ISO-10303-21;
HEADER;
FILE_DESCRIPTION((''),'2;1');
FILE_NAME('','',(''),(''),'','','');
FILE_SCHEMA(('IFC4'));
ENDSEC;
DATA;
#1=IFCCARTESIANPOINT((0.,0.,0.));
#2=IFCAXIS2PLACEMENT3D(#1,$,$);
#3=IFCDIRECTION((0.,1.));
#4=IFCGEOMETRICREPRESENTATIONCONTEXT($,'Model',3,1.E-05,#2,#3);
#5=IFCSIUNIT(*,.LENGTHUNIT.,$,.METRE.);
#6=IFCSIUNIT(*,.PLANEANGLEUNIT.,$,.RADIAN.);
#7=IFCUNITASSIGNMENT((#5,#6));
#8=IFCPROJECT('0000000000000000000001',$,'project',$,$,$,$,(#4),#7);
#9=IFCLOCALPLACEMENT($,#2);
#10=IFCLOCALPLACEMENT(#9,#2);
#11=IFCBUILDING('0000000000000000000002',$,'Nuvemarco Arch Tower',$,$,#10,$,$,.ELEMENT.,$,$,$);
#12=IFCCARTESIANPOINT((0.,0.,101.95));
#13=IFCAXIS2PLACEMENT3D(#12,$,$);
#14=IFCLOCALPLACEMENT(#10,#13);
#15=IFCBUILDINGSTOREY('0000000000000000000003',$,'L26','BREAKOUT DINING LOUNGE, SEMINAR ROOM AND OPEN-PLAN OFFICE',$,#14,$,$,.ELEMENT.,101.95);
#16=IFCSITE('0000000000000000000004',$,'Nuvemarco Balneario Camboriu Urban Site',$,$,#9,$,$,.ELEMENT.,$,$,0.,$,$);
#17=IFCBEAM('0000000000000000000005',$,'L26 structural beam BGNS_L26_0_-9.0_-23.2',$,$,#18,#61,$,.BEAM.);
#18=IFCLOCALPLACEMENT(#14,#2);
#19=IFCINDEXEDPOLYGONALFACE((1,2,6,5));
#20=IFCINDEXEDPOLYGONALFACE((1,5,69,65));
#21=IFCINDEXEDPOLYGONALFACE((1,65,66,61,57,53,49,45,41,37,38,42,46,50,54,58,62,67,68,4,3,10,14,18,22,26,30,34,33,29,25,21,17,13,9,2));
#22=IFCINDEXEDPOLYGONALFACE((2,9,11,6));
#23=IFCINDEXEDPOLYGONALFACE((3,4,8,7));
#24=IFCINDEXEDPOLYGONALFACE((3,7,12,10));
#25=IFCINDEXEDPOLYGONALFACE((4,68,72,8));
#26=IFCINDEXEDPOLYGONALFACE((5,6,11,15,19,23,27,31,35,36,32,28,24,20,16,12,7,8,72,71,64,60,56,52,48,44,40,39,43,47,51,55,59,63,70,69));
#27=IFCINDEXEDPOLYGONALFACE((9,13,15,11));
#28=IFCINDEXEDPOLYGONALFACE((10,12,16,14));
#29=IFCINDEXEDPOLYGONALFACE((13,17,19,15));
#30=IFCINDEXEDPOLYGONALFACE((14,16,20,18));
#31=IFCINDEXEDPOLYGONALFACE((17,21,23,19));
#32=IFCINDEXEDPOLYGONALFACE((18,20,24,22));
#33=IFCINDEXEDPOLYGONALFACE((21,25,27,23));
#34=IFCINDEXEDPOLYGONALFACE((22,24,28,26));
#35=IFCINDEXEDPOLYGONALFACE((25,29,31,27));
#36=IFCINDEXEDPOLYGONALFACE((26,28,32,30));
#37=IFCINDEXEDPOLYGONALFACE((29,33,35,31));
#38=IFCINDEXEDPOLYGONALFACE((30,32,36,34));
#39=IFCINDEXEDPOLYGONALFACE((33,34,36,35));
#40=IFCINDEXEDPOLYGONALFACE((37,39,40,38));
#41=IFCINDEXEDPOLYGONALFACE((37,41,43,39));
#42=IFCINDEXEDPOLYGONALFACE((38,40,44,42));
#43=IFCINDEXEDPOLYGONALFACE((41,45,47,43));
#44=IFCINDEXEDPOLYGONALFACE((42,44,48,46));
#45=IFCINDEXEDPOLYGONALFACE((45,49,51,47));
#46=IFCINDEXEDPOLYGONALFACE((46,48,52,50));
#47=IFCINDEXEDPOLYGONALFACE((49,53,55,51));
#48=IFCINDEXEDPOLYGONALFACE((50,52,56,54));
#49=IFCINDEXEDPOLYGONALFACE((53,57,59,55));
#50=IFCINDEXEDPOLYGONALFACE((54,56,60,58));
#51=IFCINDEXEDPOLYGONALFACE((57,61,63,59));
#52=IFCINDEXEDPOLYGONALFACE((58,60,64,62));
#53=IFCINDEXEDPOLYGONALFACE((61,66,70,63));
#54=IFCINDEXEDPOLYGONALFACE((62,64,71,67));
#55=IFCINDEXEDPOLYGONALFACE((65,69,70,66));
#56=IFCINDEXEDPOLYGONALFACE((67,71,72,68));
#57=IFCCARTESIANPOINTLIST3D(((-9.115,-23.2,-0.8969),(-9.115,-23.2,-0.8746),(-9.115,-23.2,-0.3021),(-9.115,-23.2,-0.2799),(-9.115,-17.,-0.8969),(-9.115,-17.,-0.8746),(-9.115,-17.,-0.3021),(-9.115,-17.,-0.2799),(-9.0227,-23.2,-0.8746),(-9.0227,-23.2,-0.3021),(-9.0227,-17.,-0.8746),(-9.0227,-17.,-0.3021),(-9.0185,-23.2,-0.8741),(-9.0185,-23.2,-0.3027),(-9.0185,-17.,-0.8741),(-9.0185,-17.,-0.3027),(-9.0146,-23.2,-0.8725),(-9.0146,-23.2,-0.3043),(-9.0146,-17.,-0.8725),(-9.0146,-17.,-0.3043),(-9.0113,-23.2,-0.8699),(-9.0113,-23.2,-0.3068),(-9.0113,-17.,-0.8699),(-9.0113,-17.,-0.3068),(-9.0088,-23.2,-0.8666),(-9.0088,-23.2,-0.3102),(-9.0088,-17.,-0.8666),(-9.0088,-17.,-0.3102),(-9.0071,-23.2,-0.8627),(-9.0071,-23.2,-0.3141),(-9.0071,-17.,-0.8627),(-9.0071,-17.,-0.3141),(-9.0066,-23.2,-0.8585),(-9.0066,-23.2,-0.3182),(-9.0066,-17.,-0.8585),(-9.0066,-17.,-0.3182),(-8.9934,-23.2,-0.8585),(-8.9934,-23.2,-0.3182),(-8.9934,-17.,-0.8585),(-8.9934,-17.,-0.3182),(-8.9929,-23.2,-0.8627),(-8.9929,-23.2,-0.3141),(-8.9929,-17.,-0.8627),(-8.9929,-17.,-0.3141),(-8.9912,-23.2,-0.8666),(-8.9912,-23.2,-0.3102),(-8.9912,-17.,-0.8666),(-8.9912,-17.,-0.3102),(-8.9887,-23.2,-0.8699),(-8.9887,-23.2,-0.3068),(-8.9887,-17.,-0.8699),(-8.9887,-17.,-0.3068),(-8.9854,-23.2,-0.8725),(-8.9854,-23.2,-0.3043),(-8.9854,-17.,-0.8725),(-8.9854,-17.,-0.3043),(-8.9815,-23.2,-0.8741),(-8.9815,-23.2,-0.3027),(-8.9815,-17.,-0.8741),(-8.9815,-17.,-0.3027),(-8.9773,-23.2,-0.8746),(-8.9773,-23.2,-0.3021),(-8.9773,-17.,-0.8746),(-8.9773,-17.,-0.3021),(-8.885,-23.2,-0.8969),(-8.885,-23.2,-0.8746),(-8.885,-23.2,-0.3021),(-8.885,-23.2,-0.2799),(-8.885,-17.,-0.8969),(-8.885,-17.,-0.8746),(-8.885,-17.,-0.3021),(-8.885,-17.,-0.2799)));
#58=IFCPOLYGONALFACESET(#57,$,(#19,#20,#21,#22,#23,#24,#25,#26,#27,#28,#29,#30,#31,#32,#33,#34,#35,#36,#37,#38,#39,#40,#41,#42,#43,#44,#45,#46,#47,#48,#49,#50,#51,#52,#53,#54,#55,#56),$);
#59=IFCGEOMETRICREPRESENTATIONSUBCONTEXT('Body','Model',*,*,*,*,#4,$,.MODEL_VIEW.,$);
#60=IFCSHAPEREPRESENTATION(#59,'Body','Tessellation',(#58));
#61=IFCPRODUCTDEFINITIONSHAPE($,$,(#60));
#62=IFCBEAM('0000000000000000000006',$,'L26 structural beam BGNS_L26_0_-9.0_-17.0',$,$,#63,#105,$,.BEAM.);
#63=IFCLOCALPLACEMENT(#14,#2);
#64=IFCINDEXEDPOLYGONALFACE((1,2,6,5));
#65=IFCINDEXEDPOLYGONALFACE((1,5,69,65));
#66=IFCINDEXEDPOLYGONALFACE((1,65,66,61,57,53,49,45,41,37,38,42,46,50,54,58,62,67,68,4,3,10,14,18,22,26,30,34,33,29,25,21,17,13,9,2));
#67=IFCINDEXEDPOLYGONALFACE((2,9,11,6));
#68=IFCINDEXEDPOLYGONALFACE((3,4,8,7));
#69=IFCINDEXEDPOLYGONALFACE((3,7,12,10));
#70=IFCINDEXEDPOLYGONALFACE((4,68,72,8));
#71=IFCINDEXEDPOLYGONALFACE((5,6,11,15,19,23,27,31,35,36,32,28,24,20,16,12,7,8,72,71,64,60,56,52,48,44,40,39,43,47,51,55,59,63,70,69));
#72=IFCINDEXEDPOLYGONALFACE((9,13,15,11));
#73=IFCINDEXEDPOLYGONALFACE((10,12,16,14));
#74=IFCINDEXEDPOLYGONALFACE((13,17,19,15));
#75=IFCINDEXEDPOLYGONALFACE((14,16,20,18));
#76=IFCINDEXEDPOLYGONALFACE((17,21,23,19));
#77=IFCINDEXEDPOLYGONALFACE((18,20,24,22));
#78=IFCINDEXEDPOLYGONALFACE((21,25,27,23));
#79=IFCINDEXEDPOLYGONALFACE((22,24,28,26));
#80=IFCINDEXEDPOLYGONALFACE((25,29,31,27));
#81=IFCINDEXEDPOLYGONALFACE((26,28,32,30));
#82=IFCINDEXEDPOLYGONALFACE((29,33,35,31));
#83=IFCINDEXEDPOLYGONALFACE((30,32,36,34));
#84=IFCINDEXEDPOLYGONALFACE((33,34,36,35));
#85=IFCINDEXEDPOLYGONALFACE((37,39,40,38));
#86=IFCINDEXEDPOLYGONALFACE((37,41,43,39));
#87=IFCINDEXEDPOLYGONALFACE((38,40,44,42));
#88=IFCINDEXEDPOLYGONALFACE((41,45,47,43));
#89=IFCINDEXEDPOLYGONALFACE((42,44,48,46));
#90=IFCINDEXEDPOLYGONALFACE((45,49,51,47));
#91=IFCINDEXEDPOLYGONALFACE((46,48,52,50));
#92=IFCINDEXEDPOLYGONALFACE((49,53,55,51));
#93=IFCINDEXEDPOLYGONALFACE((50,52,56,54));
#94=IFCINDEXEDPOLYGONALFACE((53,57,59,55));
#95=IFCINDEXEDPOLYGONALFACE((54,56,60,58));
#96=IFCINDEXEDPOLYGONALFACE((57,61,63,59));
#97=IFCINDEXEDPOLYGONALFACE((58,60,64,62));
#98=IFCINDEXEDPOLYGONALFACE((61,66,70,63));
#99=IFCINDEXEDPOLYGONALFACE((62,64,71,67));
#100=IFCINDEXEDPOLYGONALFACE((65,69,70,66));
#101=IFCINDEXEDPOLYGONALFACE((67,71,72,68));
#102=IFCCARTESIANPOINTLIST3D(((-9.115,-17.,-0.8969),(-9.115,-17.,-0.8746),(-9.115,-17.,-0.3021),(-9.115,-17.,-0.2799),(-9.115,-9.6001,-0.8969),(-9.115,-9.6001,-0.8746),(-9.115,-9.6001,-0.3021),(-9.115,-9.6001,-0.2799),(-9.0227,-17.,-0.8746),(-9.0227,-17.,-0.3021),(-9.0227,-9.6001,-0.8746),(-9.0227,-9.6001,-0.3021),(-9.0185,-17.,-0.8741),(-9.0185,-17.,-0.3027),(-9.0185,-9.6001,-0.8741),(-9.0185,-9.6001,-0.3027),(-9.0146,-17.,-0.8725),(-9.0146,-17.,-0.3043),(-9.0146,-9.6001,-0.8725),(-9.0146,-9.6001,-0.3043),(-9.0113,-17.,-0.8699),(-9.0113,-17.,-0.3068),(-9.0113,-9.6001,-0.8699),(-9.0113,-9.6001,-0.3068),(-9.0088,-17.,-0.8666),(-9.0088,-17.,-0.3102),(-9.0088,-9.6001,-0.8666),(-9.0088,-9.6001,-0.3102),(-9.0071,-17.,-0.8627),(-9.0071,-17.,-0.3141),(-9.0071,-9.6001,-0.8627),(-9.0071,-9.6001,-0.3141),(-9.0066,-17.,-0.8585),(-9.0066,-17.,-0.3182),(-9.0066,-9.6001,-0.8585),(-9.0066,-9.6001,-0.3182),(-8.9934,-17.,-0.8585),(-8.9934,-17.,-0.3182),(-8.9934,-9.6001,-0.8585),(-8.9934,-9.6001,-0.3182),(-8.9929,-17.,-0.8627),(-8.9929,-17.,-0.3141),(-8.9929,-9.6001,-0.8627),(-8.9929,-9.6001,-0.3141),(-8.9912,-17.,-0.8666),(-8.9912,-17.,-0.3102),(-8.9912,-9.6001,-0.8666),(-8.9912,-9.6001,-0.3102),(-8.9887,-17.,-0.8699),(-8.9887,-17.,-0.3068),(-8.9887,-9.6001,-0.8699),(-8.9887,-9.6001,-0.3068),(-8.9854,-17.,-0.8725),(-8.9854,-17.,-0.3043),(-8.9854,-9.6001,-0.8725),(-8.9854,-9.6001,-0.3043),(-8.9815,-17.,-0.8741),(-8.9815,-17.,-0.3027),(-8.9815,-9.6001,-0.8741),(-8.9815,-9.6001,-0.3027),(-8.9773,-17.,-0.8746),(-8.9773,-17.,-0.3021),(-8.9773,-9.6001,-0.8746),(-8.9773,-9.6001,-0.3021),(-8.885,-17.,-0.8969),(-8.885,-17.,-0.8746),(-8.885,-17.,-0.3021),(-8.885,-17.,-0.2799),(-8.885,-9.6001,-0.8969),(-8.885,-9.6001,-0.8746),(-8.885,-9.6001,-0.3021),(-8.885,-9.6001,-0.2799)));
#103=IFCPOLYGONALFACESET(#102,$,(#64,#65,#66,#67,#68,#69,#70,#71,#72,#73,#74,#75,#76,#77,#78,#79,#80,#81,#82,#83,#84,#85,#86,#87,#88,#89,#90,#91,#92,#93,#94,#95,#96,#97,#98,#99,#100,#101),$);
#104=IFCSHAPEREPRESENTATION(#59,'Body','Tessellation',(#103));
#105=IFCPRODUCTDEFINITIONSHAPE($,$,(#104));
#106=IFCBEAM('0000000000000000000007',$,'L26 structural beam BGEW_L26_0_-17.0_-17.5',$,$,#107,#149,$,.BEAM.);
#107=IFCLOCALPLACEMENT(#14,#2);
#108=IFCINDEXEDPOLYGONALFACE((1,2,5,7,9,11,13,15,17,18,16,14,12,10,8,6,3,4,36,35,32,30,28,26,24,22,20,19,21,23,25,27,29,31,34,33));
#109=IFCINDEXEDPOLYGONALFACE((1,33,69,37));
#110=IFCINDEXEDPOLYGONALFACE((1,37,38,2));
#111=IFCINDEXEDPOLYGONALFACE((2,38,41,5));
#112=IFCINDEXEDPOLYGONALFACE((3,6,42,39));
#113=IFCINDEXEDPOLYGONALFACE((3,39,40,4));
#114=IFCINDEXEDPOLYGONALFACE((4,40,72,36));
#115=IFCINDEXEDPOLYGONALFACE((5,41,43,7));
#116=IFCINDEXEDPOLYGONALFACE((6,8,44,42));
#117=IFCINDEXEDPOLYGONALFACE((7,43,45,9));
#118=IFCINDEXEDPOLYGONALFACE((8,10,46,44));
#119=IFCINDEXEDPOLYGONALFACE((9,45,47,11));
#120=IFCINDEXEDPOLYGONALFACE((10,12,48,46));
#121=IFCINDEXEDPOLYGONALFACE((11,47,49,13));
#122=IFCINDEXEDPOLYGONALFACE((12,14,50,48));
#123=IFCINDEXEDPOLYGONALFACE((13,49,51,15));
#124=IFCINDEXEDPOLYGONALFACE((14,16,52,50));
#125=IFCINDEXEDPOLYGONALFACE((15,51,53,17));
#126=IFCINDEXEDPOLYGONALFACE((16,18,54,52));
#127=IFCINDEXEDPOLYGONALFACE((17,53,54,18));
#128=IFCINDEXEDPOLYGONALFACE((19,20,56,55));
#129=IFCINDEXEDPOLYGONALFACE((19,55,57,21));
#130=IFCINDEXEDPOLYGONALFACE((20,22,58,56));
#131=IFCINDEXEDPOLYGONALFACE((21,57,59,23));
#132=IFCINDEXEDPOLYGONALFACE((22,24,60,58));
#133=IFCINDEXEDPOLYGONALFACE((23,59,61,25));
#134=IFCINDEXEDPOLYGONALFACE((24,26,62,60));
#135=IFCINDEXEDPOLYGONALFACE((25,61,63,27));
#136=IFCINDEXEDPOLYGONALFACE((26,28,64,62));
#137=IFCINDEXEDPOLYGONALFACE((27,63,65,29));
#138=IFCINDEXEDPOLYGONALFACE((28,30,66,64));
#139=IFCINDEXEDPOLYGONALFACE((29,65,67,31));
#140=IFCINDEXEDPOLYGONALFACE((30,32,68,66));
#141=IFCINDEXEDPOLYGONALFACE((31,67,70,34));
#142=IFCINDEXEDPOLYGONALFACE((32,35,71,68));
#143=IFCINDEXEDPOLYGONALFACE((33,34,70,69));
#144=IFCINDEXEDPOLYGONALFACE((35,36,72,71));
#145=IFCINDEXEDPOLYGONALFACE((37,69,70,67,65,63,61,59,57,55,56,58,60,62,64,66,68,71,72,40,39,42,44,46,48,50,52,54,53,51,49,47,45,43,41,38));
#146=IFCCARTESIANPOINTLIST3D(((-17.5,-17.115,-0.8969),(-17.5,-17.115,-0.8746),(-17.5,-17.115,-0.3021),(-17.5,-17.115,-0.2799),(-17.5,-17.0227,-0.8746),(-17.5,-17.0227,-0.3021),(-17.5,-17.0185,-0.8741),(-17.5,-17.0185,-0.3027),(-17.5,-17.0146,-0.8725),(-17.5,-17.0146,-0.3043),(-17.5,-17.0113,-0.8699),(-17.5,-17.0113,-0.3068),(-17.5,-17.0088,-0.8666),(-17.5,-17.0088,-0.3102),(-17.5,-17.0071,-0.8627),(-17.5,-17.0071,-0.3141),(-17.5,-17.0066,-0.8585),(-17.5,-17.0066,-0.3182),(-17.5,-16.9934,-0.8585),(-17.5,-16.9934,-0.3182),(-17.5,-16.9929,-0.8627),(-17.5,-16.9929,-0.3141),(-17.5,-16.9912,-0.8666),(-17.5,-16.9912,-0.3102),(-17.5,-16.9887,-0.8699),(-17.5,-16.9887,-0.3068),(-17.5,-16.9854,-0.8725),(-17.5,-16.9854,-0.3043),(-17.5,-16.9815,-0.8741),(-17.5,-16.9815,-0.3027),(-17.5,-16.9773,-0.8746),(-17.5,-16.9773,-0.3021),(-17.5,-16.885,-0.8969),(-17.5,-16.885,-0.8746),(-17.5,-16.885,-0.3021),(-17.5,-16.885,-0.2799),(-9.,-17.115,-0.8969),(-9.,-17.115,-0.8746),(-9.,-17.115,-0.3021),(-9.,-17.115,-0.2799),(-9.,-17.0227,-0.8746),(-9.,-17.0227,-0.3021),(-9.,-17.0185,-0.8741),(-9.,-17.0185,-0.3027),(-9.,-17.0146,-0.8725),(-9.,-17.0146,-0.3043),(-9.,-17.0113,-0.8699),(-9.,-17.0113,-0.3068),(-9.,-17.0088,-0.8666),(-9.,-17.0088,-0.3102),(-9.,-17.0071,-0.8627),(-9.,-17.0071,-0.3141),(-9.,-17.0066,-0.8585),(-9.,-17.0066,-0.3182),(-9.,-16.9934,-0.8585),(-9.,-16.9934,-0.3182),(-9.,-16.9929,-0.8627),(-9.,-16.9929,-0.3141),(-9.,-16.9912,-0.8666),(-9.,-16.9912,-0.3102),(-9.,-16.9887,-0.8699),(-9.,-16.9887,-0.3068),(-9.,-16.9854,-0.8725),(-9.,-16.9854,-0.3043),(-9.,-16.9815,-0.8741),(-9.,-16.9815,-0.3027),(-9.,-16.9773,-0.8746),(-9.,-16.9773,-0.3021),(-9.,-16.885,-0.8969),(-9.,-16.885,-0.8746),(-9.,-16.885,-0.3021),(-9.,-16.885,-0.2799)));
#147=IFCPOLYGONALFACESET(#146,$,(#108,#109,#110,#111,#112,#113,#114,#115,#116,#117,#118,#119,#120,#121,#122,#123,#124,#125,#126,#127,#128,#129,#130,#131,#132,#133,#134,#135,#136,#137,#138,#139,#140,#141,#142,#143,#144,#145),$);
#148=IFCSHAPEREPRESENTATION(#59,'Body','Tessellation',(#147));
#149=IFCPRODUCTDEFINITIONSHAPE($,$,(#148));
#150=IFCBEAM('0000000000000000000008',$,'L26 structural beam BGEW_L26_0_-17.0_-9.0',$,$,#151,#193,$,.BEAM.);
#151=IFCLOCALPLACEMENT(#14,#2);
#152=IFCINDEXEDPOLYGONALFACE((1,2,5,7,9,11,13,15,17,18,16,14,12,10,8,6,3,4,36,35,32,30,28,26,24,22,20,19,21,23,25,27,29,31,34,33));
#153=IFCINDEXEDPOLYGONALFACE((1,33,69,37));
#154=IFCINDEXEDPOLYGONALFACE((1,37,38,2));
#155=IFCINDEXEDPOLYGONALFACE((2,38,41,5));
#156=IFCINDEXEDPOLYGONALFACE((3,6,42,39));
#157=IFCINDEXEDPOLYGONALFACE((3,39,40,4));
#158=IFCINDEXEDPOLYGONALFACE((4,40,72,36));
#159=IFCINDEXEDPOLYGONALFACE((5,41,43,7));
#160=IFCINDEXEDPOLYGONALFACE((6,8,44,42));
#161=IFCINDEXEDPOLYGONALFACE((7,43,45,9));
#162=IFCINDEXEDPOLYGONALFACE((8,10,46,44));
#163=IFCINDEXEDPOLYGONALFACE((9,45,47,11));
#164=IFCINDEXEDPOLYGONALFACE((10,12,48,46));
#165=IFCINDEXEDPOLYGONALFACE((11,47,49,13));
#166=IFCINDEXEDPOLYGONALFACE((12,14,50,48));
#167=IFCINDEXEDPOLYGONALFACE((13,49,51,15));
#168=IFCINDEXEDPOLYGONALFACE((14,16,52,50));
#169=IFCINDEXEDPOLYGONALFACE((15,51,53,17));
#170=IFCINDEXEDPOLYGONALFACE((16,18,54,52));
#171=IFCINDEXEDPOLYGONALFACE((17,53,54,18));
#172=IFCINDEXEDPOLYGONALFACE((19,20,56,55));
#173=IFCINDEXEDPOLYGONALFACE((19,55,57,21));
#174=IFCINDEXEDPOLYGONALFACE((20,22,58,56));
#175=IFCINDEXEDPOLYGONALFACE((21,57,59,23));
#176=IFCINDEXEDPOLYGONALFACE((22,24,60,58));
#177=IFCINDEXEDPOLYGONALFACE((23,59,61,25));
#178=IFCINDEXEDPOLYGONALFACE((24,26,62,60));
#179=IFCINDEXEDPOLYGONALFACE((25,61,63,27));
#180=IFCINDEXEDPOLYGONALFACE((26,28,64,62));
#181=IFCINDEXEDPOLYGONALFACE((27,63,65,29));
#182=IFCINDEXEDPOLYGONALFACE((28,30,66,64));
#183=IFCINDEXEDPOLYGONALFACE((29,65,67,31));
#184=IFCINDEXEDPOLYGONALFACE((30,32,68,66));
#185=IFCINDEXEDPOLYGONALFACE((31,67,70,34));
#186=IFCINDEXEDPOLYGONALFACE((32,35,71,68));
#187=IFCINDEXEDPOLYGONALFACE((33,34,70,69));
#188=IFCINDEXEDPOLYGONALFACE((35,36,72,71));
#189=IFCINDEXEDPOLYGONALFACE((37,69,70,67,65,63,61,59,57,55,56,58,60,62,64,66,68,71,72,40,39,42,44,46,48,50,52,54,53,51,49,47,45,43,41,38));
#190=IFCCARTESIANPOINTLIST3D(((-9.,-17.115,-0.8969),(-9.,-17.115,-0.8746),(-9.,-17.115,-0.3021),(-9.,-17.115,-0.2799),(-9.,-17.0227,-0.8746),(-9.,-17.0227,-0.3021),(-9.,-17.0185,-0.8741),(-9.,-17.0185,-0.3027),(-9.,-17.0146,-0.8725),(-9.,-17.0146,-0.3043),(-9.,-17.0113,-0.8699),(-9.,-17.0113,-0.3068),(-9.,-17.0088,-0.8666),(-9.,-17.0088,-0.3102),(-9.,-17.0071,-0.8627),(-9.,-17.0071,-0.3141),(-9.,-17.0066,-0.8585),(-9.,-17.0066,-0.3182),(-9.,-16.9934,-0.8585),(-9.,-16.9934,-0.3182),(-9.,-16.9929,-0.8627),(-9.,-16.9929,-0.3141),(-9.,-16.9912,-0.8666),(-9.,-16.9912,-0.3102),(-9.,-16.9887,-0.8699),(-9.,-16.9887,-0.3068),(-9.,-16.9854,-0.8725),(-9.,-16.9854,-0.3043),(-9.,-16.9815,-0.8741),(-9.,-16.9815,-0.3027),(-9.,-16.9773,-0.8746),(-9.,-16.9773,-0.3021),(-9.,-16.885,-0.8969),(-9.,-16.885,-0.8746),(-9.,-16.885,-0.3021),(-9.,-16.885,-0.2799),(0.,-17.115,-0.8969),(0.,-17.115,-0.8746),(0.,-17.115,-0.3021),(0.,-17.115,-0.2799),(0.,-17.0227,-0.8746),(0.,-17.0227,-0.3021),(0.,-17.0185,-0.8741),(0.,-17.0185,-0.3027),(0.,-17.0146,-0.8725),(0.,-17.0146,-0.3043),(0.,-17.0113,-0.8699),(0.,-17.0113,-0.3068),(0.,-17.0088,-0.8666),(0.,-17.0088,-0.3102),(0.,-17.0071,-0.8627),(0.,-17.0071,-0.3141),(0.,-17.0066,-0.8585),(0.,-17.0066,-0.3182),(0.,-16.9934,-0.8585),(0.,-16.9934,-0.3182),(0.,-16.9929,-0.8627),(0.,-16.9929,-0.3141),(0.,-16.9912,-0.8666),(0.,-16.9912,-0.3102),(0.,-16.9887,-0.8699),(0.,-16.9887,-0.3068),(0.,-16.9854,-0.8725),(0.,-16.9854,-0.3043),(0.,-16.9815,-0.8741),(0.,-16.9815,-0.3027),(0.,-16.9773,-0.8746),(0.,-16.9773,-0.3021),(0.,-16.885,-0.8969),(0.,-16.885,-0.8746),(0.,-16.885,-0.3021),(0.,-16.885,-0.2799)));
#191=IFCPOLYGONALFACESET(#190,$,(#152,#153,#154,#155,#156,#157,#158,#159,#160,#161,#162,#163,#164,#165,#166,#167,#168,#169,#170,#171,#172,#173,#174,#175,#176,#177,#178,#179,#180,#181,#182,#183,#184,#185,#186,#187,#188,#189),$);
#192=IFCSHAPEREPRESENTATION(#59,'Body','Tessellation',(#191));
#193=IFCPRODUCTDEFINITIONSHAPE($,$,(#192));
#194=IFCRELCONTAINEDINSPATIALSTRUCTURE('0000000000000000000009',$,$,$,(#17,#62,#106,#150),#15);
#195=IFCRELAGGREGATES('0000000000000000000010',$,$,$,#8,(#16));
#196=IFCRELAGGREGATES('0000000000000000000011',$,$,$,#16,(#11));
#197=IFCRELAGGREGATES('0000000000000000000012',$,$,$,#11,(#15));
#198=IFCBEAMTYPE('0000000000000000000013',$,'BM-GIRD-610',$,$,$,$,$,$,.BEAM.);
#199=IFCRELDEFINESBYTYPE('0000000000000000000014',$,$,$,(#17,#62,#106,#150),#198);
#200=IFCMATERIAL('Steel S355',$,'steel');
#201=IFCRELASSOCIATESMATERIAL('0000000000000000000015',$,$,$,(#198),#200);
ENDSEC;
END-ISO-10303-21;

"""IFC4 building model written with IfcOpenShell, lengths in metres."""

from ifc_helpers import new_model, si_unit, direction, frame, origin, origin_2d, place, context, subcontext, project, spatial, i_section, extrude, material, material_profile, profile_set, type_object, element, save


model = new_model("IFC4")

# Units and contexts
model_context = context("Model", 3, precision=1e-05, world=origin(), true_north=direction((0.0, 1.0)))
body_context = subcontext(model_context, "Body", "Model", "MODEL_VIEW")
ifc_project = project(units=[si_unit("LENGTHUNIT", "METRE"), si_unit("PLANEANGLEUNIT", "RADIAN")], contexts=[model_context])

# Site, building, storey
site_placement = place(None, origin())
site = spatial("IfcSite", under=ifc_project, at=site_placement, Name="Nuvemarco Balneario Camboriu Urban Site", CompositionType="ELEMENT", RefElevation=0.0)
building_placement = place(site_placement, origin())
building = spatial("IfcBuilding", under=site, at=building_placement, Name="Nuvemarco Arch Tower", CompositionType="ELEMENT")
storey_placement = place(building_placement, frame((0.0, 0.0, 101.95)))
storey = spatial("IfcBuildingStorey", under=building, at=storey_placement, Name="L26", Description="BREAKOUT DINING LOUNGE, SEMINAR ROOM AND OPEN-PLAN OFFICE", CompositionType="ELEMENT", Elevation=101.95)

# Shared definitions
ifc_material_1 = material(Name="Steel S355", Category="steel")

# Beams
ifc_material_profile_1 = material_profile(ifc_material_1, i_section(OverallWidth=0.23, OverallDepth=0.6169, WebThickness=0.0132, FlangeThickness=0.0222, FilletRadius=0.0161, at=origin_2d()), Name="W610x140")
ifc_profile_set_1 = profile_set([ifc_material_profile_1], Name="Steel S355")
beam_type_1 = type_object("IfcBeamType", Name="BM-GIRD-610", PredefinedType="BEAM", material=ifc_profile_set_1)
beam_1_placement = place(storey_placement, frame((-9.0, -23.2, -0.5884), z_axis=(0.0, 1.0, 0.0), x_axis=(-1.0, 0.0, 0.0)))
element("IfcBeam", 1, at=beam_1_placement, inside=storey, type_object=beam_type_1, Name="L26 structural beam BGNS_L26_0_-9.0_-23.2", PredefinedType="BEAM", context=body_context, shape_type="SweptSolid", body=[
    extrude(i_section(OverallWidth=0.23, OverallDepth=0.6169, WebThickness=0.0132, FlangeThickness=0.0222, FilletRadius=0.0161, at=origin_2d()), origin(), (0.0, 0.0, 1.0), 6.2),
])
beam_2_placement = place(storey_placement, frame((-9.0, -17.0, -0.5884), z_axis=(0.0, 1.0, 0.0), x_axis=(-1.0, 0.0, 0.0)))
element("IfcBeam", 2, at=beam_2_placement, inside=storey, type_object=beam_type_1, Name="L26 structural beam BGNS_L26_0_-9.0_-17.0", PredefinedType="BEAM", context=body_context, shape_type="SweptSolid", body=[
    extrude(i_section(OverallWidth=0.23, OverallDepth=0.6169, WebThickness=0.0132, FlangeThickness=0.0222, FilletRadius=0.0161, at=origin_2d()), origin(), (0.0, 0.0, 1.0), 7.3999),
])
beam_3_placement = place(storey_placement, frame((-17.5, -17.0, -0.5884), z_axis=(1.0, 0.0, 0.0), x_axis=(0.0, 1.0, 0.0)))
element("IfcBeam", 3, at=beam_3_placement, inside=storey, type_object=beam_type_1, Name="L26 structural beam BGEW_L26_0_-17.0_-17.5", PredefinedType="BEAM", context=body_context, shape_type="SweptSolid", body=[
    extrude(i_section(OverallWidth=0.23, OverallDepth=0.6169, WebThickness=0.0132, FlangeThickness=0.0222, FilletRadius=0.0161, at=origin_2d()), origin(), (0.0, 0.0, 1.0), 8.5),
])
beam_4_placement = place(storey_placement, frame((-9.0, -17.0, -0.5884), z_axis=(1.0, 0.0, 0.0), x_axis=(0.0, 1.0, 0.0)))
element("IfcBeam", 4, at=beam_4_placement, inside=storey, type_object=beam_type_1, Name="L26 structural beam BGEW_L26_0_-17.0_-9.0", PredefinedType="BEAM", context=body_context, shape_type="SweptSolid", body=[
    extrude(i_section(OverallWidth=0.23, OverallDepth=0.6169, WebThickness=0.0132, FlangeThickness=0.0222, FilletRadius=0.0161, at=origin_2d()), origin(), (0.0, 0.0, 1.0), 9.0),
])

save(model, "model.ifc")
